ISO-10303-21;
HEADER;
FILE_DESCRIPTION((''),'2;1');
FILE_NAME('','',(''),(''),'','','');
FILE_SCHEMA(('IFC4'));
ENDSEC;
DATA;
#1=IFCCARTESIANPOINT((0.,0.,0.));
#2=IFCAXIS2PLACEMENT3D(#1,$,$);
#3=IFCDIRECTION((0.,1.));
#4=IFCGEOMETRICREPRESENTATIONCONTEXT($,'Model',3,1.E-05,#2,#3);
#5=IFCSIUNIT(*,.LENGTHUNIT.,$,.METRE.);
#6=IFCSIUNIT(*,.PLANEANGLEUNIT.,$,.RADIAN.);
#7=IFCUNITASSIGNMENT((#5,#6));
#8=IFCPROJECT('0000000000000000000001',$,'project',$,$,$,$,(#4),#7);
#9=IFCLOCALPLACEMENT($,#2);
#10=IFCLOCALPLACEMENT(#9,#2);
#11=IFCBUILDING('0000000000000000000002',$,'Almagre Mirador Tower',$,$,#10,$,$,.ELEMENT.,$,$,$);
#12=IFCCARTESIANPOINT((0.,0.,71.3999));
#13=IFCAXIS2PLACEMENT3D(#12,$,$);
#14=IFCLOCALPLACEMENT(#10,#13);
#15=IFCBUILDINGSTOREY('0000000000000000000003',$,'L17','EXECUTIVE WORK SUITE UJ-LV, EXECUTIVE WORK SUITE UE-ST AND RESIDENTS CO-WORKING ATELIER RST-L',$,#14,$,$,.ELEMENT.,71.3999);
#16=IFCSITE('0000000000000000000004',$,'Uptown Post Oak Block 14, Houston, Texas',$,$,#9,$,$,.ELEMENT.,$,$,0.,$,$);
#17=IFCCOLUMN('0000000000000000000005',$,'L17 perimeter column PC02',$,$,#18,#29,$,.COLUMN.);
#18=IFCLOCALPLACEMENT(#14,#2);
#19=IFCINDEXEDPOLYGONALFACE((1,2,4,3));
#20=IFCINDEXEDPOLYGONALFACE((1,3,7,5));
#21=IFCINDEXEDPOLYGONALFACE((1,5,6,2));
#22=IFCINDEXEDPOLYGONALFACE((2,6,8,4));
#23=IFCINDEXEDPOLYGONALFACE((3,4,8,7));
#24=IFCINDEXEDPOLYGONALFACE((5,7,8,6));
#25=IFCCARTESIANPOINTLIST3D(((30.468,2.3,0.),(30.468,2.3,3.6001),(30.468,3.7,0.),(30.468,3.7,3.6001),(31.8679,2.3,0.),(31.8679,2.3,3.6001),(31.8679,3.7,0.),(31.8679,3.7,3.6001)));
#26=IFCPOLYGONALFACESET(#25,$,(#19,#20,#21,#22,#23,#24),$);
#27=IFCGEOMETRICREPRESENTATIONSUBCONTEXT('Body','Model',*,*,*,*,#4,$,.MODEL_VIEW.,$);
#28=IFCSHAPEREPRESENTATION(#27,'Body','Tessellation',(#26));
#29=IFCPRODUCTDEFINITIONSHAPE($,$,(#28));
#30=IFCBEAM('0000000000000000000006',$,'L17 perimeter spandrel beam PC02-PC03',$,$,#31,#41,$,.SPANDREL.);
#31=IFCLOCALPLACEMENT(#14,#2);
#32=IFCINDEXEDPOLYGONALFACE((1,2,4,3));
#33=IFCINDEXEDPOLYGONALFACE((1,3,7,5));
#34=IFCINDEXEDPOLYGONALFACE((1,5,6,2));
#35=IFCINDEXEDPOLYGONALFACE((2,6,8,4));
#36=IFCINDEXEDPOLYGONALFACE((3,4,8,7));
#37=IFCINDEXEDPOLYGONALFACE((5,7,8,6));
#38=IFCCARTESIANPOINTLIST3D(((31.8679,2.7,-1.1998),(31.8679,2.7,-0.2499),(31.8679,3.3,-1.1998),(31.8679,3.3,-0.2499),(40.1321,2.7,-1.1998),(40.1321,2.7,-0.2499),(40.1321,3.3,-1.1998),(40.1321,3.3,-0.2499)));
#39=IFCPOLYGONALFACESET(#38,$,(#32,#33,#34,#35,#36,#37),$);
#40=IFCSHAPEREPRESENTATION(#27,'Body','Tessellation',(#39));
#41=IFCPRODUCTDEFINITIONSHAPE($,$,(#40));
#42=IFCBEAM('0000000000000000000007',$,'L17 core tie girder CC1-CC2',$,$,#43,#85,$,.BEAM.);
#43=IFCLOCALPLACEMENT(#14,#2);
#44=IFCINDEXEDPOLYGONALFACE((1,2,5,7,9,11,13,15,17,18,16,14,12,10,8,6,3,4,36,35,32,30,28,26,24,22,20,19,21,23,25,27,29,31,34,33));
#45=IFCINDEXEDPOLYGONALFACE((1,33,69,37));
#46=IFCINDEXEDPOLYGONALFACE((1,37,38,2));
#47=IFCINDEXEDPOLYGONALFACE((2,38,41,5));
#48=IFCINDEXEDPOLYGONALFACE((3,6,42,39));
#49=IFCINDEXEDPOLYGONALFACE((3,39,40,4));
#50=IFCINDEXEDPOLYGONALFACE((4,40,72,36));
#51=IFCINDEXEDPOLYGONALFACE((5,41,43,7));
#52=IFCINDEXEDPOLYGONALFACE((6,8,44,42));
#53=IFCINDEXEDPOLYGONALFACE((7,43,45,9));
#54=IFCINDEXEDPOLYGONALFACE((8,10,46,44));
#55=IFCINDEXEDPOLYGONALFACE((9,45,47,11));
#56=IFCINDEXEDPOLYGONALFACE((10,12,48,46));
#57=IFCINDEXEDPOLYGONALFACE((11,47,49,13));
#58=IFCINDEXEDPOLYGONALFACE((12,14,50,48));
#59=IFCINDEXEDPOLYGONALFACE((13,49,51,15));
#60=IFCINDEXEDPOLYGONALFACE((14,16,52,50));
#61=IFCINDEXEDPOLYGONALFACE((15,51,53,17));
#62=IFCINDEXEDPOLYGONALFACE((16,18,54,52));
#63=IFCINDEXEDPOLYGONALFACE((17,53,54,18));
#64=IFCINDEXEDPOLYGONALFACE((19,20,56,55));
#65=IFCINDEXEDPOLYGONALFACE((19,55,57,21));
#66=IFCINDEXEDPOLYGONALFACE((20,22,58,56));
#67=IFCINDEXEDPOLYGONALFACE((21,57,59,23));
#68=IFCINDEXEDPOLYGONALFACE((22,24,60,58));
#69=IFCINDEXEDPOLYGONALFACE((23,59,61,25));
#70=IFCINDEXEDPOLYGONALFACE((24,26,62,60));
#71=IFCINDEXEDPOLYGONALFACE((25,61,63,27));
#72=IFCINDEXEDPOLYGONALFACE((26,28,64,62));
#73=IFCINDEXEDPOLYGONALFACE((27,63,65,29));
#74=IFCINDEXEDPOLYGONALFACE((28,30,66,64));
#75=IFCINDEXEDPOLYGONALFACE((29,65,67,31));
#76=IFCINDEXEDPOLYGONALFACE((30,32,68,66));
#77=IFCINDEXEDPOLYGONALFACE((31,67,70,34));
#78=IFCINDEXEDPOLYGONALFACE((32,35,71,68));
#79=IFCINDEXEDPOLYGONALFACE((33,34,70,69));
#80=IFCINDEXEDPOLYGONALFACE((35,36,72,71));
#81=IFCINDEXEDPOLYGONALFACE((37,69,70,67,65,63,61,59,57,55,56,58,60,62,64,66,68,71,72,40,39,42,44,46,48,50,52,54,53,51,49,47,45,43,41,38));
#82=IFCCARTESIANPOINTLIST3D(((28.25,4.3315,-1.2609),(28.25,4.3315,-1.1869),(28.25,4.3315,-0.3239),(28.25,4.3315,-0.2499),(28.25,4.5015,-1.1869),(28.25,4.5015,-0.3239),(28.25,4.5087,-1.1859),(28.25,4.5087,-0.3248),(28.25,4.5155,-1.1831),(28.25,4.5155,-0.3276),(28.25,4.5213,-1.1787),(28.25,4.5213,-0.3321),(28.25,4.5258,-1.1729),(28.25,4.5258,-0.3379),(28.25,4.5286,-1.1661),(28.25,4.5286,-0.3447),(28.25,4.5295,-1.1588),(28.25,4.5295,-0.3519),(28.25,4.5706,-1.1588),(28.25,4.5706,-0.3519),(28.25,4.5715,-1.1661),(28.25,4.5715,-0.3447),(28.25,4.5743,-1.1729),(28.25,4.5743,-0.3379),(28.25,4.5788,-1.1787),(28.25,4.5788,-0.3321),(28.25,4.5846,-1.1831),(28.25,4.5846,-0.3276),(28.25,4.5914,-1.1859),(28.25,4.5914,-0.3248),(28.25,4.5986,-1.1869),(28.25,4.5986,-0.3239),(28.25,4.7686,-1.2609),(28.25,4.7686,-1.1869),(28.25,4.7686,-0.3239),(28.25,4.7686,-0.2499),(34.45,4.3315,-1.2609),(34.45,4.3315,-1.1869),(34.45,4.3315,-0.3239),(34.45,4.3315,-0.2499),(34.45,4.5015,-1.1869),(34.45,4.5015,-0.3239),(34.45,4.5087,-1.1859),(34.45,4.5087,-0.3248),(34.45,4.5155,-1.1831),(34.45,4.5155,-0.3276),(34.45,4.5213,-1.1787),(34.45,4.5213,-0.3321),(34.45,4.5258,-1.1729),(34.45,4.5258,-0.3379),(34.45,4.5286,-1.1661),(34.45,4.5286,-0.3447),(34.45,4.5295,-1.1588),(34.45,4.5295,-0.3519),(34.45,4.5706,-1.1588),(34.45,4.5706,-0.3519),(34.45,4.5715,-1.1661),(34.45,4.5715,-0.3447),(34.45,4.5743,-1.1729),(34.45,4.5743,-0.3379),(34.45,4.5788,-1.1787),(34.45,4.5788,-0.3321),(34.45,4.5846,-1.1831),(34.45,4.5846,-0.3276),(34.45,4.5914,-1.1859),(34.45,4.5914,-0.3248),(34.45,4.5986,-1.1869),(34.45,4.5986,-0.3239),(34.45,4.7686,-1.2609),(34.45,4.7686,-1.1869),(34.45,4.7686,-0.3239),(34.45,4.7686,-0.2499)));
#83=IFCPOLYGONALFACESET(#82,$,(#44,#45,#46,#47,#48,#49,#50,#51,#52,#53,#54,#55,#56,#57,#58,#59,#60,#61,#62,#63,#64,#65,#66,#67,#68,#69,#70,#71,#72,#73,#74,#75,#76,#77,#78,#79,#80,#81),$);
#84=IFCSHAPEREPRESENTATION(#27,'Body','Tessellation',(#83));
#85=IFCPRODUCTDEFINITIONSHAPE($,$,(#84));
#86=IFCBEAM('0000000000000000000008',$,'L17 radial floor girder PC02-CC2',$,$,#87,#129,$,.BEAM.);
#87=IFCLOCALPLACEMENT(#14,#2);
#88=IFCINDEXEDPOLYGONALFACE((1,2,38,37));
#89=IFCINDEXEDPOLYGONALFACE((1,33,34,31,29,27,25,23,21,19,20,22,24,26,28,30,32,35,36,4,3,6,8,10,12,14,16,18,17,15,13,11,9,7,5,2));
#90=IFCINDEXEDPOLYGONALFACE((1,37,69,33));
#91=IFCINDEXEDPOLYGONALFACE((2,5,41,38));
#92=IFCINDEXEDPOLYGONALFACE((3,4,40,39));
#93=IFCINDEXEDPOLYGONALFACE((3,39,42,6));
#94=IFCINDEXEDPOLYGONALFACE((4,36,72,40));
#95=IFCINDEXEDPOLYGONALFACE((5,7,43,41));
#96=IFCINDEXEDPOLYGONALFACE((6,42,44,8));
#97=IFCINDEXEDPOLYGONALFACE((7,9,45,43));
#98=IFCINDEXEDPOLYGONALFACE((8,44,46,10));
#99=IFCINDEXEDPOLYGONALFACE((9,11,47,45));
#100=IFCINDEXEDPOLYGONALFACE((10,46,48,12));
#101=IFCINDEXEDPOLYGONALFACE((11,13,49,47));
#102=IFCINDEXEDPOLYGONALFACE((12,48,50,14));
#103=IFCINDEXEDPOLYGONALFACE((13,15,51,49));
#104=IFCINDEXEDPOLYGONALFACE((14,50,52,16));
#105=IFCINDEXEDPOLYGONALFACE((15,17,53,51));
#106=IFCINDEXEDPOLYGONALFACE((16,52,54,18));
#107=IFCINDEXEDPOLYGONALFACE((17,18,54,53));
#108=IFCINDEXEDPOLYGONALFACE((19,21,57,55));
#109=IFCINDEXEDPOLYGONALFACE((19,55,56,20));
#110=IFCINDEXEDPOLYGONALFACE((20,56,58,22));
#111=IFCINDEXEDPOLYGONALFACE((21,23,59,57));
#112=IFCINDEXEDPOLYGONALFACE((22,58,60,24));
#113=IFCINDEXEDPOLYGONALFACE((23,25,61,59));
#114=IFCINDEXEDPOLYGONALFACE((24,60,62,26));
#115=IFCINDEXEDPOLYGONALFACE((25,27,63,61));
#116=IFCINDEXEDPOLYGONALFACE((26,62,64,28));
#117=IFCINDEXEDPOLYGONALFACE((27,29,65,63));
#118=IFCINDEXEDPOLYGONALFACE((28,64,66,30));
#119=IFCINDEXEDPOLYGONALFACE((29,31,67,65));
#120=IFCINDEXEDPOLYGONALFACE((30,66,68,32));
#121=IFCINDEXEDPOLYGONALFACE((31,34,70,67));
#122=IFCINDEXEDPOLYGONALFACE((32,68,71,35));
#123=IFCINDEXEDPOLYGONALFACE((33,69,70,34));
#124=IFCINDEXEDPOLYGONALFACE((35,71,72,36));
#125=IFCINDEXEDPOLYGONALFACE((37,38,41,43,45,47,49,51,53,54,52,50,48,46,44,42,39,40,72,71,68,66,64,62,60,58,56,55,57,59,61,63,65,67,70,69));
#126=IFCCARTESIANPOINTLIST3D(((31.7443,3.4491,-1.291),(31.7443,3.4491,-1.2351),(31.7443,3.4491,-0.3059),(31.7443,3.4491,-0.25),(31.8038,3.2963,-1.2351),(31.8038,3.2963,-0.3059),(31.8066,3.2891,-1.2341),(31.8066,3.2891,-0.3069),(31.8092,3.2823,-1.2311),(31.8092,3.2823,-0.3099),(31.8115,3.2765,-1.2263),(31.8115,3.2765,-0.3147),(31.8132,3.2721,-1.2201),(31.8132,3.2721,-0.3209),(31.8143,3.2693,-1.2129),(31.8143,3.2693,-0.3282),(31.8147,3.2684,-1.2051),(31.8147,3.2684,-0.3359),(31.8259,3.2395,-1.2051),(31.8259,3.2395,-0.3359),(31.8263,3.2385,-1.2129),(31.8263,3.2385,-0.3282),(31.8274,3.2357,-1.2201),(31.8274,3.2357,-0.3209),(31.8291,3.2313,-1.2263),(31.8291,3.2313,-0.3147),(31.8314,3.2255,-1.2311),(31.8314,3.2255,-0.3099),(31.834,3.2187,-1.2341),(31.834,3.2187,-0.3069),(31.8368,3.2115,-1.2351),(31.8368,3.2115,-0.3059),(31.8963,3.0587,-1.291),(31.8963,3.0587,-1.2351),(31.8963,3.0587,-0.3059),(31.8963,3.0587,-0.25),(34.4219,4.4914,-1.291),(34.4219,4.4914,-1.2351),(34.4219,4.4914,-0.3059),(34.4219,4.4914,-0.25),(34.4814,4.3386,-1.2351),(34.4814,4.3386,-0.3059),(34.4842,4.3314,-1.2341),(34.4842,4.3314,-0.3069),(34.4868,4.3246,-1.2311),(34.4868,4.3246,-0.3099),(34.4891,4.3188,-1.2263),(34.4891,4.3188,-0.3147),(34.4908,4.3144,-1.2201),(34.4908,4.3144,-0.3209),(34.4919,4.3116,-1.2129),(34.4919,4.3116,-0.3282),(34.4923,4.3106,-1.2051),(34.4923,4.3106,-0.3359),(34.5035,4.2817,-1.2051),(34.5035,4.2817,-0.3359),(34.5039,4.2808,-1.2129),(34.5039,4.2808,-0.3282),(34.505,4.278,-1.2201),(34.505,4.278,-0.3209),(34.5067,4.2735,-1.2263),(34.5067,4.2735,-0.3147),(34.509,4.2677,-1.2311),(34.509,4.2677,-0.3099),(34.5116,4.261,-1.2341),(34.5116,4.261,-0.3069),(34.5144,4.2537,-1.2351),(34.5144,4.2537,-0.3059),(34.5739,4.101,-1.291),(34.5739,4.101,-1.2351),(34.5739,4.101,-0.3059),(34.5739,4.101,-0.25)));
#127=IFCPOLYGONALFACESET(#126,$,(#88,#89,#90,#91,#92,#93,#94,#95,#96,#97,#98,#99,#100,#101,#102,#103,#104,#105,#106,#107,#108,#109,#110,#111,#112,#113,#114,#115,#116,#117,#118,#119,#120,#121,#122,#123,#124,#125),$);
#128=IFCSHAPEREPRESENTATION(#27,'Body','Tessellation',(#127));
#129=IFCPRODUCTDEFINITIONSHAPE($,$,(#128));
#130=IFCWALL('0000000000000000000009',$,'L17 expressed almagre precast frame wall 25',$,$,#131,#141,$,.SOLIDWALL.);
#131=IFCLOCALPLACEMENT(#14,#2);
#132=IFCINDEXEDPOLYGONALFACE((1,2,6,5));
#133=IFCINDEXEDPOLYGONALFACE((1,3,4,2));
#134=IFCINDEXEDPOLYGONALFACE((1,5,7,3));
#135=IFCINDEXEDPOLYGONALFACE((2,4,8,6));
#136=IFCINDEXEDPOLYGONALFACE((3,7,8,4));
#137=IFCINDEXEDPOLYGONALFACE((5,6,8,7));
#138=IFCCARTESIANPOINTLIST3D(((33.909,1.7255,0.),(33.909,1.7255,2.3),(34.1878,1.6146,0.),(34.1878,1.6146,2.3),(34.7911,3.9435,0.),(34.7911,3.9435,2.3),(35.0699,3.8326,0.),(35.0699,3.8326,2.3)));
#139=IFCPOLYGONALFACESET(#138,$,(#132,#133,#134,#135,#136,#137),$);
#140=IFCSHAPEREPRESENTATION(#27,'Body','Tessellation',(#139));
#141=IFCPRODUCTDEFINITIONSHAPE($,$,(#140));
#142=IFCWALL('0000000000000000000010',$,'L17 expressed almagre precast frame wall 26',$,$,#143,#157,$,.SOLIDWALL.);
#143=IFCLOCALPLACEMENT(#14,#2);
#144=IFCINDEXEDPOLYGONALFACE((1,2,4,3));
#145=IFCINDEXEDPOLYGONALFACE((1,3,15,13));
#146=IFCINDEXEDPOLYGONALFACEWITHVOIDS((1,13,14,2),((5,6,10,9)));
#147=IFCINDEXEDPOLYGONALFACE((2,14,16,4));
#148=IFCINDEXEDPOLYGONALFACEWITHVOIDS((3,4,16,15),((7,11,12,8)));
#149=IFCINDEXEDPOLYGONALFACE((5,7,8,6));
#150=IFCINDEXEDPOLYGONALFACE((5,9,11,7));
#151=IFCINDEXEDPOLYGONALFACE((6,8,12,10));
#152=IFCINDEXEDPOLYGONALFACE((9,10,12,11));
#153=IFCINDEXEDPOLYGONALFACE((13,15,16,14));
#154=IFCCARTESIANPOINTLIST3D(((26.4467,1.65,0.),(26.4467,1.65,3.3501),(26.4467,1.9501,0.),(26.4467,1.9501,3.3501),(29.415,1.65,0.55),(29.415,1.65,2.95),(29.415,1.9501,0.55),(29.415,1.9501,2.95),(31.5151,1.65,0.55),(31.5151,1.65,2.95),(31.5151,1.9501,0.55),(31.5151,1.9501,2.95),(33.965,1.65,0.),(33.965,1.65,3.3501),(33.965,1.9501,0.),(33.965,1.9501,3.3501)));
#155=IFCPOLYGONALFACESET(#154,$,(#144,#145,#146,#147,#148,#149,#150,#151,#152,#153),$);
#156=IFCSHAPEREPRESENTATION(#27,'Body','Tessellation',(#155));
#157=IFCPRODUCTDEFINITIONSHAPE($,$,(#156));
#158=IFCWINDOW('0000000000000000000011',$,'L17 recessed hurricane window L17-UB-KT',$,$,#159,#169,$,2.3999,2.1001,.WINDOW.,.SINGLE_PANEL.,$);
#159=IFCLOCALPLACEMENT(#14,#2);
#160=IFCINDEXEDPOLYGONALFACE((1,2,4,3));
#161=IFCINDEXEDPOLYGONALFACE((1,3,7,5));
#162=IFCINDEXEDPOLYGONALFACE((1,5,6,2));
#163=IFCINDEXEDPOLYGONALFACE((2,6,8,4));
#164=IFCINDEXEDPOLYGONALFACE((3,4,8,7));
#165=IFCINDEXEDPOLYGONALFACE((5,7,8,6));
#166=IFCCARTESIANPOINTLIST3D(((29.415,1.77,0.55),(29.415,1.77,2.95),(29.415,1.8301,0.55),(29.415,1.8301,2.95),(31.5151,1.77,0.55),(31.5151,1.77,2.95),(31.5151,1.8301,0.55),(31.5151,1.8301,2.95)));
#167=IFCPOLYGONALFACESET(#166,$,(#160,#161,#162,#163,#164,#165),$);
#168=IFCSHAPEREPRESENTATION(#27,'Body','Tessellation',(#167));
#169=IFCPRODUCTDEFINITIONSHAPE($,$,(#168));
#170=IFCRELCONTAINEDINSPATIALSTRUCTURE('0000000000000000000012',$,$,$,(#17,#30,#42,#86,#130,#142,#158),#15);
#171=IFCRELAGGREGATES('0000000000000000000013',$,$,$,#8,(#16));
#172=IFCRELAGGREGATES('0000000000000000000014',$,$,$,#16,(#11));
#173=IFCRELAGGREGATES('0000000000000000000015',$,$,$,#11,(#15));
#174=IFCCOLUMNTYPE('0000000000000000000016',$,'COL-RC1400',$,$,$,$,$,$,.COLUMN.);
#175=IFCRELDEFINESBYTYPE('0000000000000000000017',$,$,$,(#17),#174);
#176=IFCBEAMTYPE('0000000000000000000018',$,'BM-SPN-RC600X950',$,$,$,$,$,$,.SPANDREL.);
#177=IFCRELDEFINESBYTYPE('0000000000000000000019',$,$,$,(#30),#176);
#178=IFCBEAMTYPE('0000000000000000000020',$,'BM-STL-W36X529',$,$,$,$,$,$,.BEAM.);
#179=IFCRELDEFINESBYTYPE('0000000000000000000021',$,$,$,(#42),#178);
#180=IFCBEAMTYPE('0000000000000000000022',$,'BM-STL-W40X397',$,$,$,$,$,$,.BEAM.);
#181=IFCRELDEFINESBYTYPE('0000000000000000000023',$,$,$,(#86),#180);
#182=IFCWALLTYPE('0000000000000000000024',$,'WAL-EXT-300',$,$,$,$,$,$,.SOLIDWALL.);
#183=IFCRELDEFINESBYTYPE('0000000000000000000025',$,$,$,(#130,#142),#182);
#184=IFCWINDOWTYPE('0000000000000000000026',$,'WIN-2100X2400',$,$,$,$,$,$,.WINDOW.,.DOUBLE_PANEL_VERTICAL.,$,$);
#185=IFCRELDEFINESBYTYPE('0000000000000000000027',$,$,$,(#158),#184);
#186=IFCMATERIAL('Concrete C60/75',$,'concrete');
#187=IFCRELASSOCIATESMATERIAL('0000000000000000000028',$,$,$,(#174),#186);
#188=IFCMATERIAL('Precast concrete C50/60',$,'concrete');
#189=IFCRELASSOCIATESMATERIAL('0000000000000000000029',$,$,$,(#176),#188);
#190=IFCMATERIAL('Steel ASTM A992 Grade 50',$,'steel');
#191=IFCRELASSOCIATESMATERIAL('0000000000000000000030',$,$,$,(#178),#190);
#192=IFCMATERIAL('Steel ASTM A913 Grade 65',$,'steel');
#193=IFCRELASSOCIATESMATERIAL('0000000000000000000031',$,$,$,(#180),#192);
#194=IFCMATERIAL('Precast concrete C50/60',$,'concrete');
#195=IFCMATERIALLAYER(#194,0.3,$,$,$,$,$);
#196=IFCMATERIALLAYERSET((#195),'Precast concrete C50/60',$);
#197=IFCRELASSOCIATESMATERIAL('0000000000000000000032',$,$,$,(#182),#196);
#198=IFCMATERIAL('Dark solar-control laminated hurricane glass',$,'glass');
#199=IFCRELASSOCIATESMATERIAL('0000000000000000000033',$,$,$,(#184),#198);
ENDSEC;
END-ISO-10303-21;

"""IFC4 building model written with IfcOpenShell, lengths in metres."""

from ifc_helpers import new_model, si_unit, direction, frame, frame_2d, origin, origin_2d, place, context, subcontext, project, spatial, rectangle, i_section, extrude, material, layer, layer_set, material_profile, profile_set, type_object, element, fill, save


model = new_model("IFC4")

# Units and contexts
model_context = context("Model", 3, precision=1e-05, world=origin(), true_north=direction((0.0, 1.0)))
body_context = subcontext(model_context, "Body", "Model", "MODEL_VIEW")
ifc_project = project(units=[si_unit("LENGTHUNIT", "METRE"), si_unit("PLANEANGLEUNIT", "RADIAN")], contexts=[model_context])

# Site, building, storey
site_placement = place(None, origin())
site = spatial("IfcSite", under=ifc_project, at=site_placement, Name="Uptown Post Oak Block 14, Houston, Texas", CompositionType="ELEMENT", RefElevation=0.0)
building_placement = place(site_placement, origin())
building = spatial("IfcBuilding", under=site, at=building_placement, Name="Almagre Mirador Tower", CompositionType="ELEMENT")
storey_placement = place(building_placement, frame((0.0, 0.0, 71.3999)))
storey = spatial("IfcBuildingStorey", under=building, at=storey_placement, Name="L17", Description="EXECUTIVE WORK SUITE UJ-LV, EXECUTIVE WORK SUITE UE-ST AND RESIDENTS CO-WORKING ATELIER RST-L", CompositionType="ELEMENT", Elevation=71.3999)

# Column
ifc_material_1 = material(Name="Concrete C60/75", Category="concrete")
ifc_material_profile_1 = material_profile(ifc_material_1, rectangle(XDim=1.3999, YDim=1.3999, at=origin_2d()), Name="RC1400X1400")
ifc_profile_set_1 = profile_set([ifc_material_profile_1], Name="Concrete C60/75")
column_type = type_object("IfcColumnType", Name="COL-RC1400", PredefinedType="COLUMN", material=ifc_profile_set_1)
column_placement = place(storey_placement, frame((31.168, 3.0, 0.0), z_axis=(0.0, 0.0, 1.0), x_axis=(1.0, 0.0, 0.0)))
element("IfcColumn", 1, at=column_placement, inside=storey, type_object=column_type, Name="L17 perimeter column PC02", PredefinedType="COLUMN", context=body_context, shape_type="SweptSolid", body=[
    extrude(rectangle(XDim=1.3999, YDim=1.3999, at=origin_2d()), origin(), (0.0, 0.0, 1.0), 3.6001),
])

# Beams
ifc_material_2 = material(Name="Precast concrete C50/60", Category="concrete")
ifc_material_profile_2 = material_profile(ifc_material_2, rectangle(XDim=0.6001, YDim=0.95, at=origin_2d()), Name="RC600X950")
ifc_profile_set_2 = profile_set([ifc_material_profile_2], Name="Precast concrete C50/60")
beam_type_1 = type_object("IfcBeamType", Name="BM-SPN-RC600X950", PredefinedType="SPANDREL", material=ifc_profile_set_2)
beam_1_placement = place(storey_placement, frame((31.8679, 3.0, -0.7249), z_axis=(1.0, 0.0, 0.0), x_axis=(0.0, 1.0, 0.0)))
element("IfcBeam", 2, at=beam_1_placement, inside=storey, type_object=beam_type_1, Name="L17 perimeter spandrel beam PC02-PC03", PredefinedType="SPANDREL", context=body_context, shape_type="SweptSolid", body=[
    extrude(rectangle(XDim=0.6001, YDim=0.95, at=origin_2d()), origin(), (0.0, 0.0, 1.0), 8.2642),
])
ifc_material_3 = material(Name="Steel ASTM A992 Grade 50", Category="steel")
ifc_material_profile_3 = material_profile(ifc_material_3, i_section(OverallWidth=0.437, OverallDepth=1.011, WebThickness=0.041, FlangeThickness=0.074, FilletRadius=0.0281, at=origin_2d()), Name="W36X529")
ifc_profile_set_3 = profile_set([ifc_material_profile_3], Name="Steel ASTM A992 Grade 50")
beam_type_2 = type_object("IfcBeamType", Name="BM-STL-W36X529", PredefinedType="BEAM", material=ifc_profile_set_3)
beam_2_placement = place(storey_placement, frame((28.25, 4.55, -0.7554), z_axis=(1.0, 0.0, 0.0), x_axis=(0.0, 1.0, 0.0)))
element("IfcBeam", 3, at=beam_2_placement, inside=storey, type_object=beam_type_2, Name="L17 core tie girder CC1-CC2", PredefinedType="BEAM", context=body_context, shape_type="SweptSolid", body=[
    extrude(i_section(OverallWidth=0.437, OverallDepth=1.011, WebThickness=0.041, FlangeThickness=0.074, FilletRadius=0.0281, at=origin_2d()), origin(), (0.0, 0.0, 1.0), 6.2),
])
ifc_material_4 = material(Name="Steel ASTM A913 Grade 65", Category="steel")
ifc_material_profile_4 = material_profile(ifc_material_4, i_section(OverallWidth=0.4189, OverallDepth=1.041, WebThickness=0.031, FlangeThickness=0.0559, FilletRadius=0.03, at=origin_2d()), Name="W40X397")
ifc_profile_set_4 = profile_set([ifc_material_profile_4], Name="Steel ASTM A913 Grade 65")
beam_type_3 = type_object("IfcBeamType", Name="BM-STL-W40X397", PredefinedType="BEAM", material=ifc_profile_set_4)
beam_3_placement = place(storey_placement, frame((31.8203, 3.2539, -0.7705), z_axis=(0.931888, 0.362746, 0.0), x_axis=(-0.362746, 0.931888, 0.0)))
element("IfcBeam", 4, at=beam_3_placement, inside=storey, type_object=beam_type_3, Name="L17 radial floor girder PC02-CC2", PredefinedType="BEAM", context=body_context, shape_type="SweptSolid", body=[
    extrude(i_section(OverallWidth=0.4189, OverallDepth=1.041, WebThickness=0.031, FlangeThickness=0.0559, FilletRadius=0.03, at=origin_2d()), origin(), (0.0, 0.0, 1.0), 2.8733),
])

# Wall
ifc_material_5 = material(Name="Precast concrete C50/60", Category="concrete")
ifc_layer_1 = layer(ifc_material_5, 0.3)
ifc_layer_set_1 = layer_set([ifc_layer_1], Name="Precast concrete C50/60")
wall_type_1 = type_object("IfcWallType", Name="WAL-EXT-300", PredefinedType="SOLIDWALL", material=ifc_layer_set_1)
wall_1_placement = place(storey_placement, frame((34.9304, 3.8879, 0.0), z_axis=(0.0, 0.0, 1.0), x_axis=(-0.369538, -0.929215, 0.0)))
element("IfcWall", 5, at=wall_1_placement, inside=storey, type_object=wall_type_1, Name="L17 expressed almagre precast frame wall 25", PredefinedType="SOLIDWALL", context=body_context, shape_type="SweptSolid", body=[
    extrude(rectangle(XDim=2.387, YDim=0.3, at=frame_2d((1.1934, 0.0))), origin(), (0.0, 0.0, 1.0), 2.3),
])

# Wall, opening, window
wall_2_placement = place(storey_placement, frame((33.9651, 1.8, 0.0), z_axis=(0.0, 0.0, 1.0), x_axis=(-1.0, 0.0, 0.0)))
wall_2 = element("IfcWall", 6, at=wall_2_placement, inside=storey, type_object=wall_type_1, Name="L17 expressed almagre precast frame wall 26", PredefinedType="SOLIDWALL", context=body_context, shape_type="SweptSolid", body=[
    extrude(rectangle(XDim=7.5183, YDim=0.3, at=frame_2d((3.7593, 0.0))), origin(), (0.0, 0.0, 1.0), 3.3501),
])
opening_1_placement = place(wall_2_placement, frame((2.45, 0.0, 0.55)))
opening_1 = element("IfcOpeningElement", 7, at=opening_1_placement, cuts=wall_2, PredefinedType="OPENING", context=body_context, shape_type="SweptSolid", body=[
    extrude(rectangle(XDim=2.1001, YDim=2.3999, at=frame_2d((1.05, 1.2))), frame((0.0, 0.1599, 0.0), z_axis=(0.0, -1.0, 0.0), x_axis=(1.0, 0.0, 0.0)), (0.0, 0.0, 1.0), 0.32),
])
ifc_material_6 = material(Name="Dark solar-control laminated hurricane glass", Category="glass")
window_type = type_object("IfcWindowType", Name="WIN-2100X2400", PartitioningType="DOUBLE_PANEL_VERTICAL", PredefinedType="WINDOW", material=ifc_material_6)
window_placement = place(opening_1_placement, origin())
window = element("IfcWindow", 8, at=window_placement, inside=storey, type_object=window_type, Name="L17 recessed hurricane window L17-UB-KT", OverallHeight=2.3999, OverallWidth=2.1001, PartitioningType="SINGLE_PANEL", PredefinedType="WINDOW", context=body_context, shape_type="SweptSolid", body=[
    extrude(rectangle(XDim=2.1001, YDim=2.3999, at=frame_2d((1.05, 1.2))), frame((0.0, 0.03, 0.0), z_axis=(0.0, -1.0, 0.0), x_axis=(1.0, 0.0, 0.0)), (0.0, 0.0, 1.0), 0.0601),
])
fill(opening_1, window)

save(model, "model.ifc")
